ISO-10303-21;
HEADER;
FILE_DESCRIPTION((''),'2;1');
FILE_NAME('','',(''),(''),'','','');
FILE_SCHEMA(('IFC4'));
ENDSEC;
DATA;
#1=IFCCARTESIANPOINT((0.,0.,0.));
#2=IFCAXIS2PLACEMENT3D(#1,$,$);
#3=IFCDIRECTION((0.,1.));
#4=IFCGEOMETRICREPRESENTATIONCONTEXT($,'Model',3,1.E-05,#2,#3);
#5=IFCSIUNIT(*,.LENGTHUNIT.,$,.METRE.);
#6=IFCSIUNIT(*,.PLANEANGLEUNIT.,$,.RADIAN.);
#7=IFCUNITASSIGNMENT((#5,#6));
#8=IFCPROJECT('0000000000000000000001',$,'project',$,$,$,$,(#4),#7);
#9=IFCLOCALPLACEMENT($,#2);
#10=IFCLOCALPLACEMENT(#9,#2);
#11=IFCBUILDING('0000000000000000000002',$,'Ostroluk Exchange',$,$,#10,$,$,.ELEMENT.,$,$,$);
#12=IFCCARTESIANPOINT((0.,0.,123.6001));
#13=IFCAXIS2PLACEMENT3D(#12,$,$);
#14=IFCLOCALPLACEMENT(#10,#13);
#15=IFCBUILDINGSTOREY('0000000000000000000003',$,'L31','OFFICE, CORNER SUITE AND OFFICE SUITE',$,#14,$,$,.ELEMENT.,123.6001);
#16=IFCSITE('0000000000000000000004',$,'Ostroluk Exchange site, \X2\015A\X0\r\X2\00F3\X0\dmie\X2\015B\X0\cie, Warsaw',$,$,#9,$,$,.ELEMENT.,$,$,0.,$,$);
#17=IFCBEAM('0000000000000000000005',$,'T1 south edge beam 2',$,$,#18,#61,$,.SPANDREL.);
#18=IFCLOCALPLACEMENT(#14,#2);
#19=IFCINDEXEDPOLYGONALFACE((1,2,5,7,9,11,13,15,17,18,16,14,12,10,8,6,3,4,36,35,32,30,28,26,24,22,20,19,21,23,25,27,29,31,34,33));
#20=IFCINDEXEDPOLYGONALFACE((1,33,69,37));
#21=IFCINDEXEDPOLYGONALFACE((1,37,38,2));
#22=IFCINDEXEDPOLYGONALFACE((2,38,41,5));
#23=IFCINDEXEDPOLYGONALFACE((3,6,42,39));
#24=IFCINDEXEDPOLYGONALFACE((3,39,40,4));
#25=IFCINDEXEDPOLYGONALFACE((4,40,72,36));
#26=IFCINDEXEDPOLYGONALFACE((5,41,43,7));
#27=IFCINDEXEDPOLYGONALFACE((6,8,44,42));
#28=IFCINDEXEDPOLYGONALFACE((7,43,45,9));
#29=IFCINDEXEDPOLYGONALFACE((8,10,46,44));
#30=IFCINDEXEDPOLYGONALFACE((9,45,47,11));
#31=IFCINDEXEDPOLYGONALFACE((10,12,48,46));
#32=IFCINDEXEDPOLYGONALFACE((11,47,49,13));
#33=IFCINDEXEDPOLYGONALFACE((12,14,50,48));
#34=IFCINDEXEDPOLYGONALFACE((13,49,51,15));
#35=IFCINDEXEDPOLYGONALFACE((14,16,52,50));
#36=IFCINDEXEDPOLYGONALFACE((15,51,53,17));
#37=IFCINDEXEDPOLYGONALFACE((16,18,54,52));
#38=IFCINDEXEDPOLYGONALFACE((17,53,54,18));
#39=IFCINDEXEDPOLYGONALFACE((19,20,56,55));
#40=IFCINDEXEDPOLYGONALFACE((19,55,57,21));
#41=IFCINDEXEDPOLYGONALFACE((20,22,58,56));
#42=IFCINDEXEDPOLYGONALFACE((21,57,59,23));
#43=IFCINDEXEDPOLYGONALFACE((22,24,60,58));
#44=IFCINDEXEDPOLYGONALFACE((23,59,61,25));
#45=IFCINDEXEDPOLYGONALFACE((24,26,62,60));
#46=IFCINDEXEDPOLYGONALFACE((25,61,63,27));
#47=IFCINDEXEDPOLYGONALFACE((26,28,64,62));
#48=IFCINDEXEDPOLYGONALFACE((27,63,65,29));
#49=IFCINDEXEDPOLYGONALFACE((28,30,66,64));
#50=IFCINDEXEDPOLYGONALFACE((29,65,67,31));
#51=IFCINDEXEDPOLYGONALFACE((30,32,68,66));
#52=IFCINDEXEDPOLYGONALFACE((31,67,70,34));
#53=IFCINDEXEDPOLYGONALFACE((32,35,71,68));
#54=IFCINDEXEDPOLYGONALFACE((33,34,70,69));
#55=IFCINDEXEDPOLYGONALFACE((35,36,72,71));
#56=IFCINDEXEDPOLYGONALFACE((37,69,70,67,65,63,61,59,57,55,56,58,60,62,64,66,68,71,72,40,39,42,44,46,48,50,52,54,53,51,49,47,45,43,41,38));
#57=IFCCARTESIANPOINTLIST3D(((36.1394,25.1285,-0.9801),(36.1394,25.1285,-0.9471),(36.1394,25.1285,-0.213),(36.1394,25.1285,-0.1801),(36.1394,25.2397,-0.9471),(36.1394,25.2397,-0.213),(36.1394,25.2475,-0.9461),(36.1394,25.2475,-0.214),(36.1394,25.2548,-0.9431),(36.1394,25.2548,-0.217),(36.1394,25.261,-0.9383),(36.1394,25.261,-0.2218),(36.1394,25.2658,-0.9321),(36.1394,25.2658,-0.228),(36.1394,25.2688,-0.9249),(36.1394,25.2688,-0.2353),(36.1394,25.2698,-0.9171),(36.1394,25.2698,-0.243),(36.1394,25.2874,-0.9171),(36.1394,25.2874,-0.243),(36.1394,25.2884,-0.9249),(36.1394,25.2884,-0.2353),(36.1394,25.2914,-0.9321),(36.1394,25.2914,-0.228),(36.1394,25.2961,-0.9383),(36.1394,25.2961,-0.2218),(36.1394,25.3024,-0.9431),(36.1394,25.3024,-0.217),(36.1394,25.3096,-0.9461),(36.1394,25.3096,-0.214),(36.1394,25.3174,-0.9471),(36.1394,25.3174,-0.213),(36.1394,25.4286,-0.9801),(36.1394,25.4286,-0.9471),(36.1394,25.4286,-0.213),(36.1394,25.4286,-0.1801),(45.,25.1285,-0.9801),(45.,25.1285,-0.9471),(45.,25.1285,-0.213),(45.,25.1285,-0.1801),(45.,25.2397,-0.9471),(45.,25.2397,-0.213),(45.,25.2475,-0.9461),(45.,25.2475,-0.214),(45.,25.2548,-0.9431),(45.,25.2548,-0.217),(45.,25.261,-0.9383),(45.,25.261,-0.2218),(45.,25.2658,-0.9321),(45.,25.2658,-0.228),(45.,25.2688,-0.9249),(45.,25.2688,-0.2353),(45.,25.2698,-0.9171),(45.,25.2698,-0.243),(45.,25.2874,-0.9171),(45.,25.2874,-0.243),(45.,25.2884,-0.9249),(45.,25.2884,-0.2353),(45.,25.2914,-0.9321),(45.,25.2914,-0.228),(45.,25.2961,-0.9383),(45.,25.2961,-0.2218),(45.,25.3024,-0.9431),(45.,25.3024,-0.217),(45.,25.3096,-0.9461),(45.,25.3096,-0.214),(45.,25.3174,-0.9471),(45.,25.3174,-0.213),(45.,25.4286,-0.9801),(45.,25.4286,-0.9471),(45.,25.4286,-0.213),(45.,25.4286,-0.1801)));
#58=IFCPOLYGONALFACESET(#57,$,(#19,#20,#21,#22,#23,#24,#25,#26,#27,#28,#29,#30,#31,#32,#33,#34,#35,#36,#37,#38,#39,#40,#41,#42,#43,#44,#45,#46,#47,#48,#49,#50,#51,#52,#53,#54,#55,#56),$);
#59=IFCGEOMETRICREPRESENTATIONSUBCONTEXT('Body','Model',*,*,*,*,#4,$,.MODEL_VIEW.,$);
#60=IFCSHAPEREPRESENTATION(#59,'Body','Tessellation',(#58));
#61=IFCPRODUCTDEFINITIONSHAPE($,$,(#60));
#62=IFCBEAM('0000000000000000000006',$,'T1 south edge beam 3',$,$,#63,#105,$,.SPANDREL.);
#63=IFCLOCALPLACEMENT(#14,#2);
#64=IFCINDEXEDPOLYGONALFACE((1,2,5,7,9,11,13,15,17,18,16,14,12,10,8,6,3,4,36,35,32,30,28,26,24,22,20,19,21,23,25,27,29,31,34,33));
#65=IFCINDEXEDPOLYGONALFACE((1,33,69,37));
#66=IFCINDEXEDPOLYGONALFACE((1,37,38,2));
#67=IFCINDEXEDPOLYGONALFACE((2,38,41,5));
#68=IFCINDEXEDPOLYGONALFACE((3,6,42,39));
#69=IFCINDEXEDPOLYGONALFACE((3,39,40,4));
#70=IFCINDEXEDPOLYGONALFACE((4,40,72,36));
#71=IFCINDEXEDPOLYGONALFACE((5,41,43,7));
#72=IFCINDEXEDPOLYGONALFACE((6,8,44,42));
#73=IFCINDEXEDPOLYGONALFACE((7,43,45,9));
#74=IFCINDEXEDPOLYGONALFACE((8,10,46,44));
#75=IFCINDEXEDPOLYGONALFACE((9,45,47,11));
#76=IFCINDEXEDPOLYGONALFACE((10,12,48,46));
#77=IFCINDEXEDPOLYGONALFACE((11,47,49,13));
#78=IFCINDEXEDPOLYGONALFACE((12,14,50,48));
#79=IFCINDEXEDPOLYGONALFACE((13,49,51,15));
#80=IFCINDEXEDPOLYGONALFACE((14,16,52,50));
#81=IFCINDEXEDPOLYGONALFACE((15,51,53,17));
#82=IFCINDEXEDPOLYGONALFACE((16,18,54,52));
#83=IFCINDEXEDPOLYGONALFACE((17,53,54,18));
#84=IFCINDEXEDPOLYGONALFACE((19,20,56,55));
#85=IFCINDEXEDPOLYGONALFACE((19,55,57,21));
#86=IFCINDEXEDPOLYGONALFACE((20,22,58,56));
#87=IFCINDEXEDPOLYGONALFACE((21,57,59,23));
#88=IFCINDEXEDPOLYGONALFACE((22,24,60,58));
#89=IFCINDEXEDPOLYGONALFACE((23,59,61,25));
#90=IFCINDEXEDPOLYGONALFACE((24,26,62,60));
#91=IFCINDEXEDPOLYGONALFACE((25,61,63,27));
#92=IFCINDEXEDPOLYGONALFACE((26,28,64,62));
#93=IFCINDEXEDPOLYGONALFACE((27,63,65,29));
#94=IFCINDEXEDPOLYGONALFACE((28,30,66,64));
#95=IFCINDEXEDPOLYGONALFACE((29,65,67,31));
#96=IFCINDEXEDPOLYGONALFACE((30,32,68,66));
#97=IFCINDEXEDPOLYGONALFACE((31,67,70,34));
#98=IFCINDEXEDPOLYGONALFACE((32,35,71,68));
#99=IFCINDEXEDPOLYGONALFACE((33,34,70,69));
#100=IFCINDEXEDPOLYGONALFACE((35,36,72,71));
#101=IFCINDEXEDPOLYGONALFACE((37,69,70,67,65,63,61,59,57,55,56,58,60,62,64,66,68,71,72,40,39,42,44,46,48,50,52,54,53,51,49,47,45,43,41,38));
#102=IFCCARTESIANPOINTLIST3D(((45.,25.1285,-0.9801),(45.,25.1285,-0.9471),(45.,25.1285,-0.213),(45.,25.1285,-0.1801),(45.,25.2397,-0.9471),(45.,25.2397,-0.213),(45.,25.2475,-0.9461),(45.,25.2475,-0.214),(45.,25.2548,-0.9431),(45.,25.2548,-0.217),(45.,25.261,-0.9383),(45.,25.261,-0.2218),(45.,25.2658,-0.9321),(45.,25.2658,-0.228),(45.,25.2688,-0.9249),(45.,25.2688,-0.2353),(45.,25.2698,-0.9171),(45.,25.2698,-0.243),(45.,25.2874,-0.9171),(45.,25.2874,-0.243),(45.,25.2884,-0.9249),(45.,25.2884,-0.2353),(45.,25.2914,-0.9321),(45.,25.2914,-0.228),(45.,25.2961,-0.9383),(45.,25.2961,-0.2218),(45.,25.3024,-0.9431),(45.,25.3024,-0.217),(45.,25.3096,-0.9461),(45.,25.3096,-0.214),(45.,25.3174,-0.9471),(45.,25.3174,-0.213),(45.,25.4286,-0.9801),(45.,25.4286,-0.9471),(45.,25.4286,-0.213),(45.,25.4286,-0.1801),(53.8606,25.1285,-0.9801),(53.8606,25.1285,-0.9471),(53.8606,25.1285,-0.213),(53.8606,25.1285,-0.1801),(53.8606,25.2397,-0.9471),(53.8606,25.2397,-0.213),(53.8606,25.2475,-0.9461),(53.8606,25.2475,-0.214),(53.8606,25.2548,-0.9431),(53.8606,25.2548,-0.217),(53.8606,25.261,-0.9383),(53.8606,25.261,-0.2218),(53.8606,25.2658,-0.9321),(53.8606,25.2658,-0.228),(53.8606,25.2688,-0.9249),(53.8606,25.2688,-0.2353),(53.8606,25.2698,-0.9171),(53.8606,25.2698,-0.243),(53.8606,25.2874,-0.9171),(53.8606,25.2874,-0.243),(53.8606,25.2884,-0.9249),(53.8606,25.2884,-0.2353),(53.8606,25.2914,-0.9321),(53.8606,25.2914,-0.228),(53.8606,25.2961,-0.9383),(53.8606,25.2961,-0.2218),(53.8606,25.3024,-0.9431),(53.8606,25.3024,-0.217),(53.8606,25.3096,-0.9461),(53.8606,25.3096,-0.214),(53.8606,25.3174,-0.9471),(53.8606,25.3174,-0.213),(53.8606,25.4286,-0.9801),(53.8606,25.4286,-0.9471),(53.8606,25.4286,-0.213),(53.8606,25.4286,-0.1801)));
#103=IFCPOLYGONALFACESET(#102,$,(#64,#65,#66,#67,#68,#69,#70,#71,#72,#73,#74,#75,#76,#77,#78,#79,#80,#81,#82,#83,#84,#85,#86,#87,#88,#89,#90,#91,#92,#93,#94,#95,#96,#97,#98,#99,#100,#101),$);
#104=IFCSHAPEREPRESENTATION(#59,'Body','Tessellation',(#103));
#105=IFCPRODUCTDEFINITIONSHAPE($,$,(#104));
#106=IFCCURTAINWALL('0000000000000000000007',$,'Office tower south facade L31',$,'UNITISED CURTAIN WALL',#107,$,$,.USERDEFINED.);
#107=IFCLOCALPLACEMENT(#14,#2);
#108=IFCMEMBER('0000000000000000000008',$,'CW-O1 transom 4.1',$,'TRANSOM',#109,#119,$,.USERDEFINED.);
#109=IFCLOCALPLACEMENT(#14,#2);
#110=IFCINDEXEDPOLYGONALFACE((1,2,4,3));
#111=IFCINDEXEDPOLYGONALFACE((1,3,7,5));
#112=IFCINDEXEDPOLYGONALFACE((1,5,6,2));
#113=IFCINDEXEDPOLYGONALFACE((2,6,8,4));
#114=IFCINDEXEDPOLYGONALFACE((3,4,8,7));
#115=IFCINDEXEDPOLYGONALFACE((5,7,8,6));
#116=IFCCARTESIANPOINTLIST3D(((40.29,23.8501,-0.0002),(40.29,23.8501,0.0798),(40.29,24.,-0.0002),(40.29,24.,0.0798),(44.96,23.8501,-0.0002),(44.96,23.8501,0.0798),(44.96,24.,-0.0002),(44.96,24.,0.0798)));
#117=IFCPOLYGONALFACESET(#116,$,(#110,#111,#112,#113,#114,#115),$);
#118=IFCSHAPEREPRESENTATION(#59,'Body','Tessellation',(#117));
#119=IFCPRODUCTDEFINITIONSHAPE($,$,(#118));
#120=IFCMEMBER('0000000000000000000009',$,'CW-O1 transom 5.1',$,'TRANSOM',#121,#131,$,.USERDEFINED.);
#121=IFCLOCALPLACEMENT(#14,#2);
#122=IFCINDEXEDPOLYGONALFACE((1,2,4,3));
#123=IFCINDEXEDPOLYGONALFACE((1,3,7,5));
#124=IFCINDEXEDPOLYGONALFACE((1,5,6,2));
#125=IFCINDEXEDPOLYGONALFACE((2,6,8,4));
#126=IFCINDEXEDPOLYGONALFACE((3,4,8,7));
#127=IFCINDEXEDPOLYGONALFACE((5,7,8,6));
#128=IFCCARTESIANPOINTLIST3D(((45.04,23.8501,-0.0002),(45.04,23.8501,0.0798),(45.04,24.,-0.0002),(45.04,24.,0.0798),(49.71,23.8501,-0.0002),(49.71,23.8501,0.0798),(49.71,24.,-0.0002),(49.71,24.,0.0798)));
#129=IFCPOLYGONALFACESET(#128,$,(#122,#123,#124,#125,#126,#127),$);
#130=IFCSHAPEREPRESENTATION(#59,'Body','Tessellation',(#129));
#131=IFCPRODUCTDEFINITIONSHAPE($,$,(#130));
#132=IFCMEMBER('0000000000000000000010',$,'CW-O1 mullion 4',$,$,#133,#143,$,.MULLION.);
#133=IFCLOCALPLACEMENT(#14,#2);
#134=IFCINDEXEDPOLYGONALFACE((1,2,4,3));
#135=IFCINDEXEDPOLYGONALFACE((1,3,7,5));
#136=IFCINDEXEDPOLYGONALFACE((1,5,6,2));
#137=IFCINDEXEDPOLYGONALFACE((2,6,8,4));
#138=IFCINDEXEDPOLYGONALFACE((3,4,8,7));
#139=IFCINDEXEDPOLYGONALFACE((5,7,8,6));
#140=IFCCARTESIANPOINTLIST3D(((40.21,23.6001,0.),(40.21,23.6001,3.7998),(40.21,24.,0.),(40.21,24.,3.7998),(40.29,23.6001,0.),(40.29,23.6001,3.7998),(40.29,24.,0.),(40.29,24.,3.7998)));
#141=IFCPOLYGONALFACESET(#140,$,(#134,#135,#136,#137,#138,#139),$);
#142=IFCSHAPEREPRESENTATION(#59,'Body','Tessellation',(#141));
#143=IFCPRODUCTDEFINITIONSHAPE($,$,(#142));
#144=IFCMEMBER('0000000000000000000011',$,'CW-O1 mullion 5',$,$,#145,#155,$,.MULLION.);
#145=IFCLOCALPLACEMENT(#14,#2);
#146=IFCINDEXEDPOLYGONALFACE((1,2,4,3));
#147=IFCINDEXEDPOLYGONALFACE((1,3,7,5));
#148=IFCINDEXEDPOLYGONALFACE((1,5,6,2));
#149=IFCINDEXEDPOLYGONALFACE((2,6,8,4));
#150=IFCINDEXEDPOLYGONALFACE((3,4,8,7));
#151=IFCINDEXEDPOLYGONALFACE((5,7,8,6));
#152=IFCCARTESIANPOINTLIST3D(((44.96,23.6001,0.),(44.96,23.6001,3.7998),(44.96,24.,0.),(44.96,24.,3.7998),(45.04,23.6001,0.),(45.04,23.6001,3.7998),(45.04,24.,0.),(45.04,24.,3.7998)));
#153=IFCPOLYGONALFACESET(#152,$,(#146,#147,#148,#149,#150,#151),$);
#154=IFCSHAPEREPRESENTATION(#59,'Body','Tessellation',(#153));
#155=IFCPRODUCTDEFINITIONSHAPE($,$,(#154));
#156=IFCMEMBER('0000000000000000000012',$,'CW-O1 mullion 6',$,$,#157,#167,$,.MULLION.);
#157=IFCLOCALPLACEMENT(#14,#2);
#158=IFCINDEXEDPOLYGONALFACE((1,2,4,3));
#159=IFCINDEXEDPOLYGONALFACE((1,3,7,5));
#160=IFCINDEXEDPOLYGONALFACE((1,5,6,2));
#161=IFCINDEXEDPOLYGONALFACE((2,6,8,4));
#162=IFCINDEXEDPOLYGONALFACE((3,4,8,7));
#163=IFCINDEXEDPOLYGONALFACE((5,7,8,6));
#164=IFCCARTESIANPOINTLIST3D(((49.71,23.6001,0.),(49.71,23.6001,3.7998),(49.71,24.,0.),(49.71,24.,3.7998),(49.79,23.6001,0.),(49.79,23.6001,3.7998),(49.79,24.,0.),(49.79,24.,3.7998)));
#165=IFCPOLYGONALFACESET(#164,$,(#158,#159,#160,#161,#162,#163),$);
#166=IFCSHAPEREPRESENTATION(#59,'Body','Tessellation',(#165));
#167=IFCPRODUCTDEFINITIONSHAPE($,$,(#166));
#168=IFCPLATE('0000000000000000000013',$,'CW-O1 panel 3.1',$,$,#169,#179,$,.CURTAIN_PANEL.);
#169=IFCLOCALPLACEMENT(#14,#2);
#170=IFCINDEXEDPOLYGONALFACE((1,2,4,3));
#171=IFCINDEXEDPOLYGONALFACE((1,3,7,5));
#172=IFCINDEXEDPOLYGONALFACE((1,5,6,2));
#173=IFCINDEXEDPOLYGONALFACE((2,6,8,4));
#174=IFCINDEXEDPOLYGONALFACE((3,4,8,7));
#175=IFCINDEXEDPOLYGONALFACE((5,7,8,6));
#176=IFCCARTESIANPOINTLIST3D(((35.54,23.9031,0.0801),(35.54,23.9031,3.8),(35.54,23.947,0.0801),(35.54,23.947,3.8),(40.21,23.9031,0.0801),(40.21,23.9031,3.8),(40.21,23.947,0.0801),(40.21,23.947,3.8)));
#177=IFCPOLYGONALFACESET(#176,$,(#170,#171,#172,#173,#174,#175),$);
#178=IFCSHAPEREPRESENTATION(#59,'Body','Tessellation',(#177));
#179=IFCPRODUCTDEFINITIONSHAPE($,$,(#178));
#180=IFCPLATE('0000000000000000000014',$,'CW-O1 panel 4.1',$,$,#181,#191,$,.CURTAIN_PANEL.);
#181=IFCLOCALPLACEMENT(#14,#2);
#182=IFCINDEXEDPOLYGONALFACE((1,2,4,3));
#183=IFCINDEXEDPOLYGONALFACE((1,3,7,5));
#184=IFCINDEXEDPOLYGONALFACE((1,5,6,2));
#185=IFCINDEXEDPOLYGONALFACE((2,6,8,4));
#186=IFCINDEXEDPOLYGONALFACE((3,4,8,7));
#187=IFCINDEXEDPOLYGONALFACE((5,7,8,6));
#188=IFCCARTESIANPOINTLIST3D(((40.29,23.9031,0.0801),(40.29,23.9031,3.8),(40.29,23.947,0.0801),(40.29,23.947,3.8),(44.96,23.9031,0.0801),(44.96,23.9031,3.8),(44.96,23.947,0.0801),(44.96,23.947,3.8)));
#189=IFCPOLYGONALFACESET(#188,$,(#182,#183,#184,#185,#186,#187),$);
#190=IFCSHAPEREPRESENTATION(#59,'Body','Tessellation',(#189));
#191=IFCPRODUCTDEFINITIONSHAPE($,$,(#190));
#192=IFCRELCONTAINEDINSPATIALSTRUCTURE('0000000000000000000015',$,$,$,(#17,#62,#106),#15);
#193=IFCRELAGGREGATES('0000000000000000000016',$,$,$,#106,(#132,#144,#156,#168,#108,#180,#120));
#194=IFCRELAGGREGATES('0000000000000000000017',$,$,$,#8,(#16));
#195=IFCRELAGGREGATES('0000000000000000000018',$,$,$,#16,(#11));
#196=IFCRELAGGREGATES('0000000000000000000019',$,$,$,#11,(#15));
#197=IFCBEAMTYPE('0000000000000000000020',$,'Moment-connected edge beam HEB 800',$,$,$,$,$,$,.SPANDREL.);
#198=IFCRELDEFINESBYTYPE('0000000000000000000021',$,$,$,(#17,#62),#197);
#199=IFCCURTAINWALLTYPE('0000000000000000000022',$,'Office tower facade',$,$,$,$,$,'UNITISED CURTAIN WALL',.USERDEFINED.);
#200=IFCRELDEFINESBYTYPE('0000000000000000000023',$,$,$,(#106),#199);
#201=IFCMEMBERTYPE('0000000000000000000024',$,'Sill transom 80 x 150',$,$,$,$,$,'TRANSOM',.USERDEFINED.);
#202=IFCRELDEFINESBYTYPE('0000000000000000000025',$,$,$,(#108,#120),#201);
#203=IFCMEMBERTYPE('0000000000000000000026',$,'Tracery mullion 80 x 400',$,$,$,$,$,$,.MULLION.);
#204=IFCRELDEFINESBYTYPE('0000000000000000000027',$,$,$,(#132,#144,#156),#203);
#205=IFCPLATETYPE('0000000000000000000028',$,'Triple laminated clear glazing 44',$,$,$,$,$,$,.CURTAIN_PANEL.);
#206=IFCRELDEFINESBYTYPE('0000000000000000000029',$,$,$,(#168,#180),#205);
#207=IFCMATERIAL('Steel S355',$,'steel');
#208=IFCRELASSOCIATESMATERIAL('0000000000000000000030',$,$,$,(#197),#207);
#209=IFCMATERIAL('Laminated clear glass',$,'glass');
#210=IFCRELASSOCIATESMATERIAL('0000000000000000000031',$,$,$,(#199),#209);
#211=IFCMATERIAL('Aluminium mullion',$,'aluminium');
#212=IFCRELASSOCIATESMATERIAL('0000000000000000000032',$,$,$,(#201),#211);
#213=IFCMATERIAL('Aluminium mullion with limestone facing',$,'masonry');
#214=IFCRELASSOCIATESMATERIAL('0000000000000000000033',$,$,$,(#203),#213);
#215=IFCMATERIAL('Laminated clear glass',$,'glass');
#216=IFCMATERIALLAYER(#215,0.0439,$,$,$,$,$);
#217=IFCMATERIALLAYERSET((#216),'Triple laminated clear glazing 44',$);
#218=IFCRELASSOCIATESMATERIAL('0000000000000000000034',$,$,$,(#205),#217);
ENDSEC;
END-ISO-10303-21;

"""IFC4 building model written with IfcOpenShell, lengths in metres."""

from ifc_helpers import new_model, si_unit, direction, frame, origin, origin_2d, place, context, subcontext, project, spatial, rectangle, i_section, extrude, material, layer, layer_set, material_profile, profile_set, type_object, element, aggregate, save


model = new_model("IFC4")

# Units and contexts
model_context = context("Model", 3, precision=1e-05, world=origin(), true_north=direction((0.0, 1.0)))
body_context = subcontext(model_context, "Body", "Model", "MODEL_VIEW")
ifc_project = project(units=[si_unit("LENGTHUNIT", "METRE"), si_unit("PLANEANGLEUNIT", "RADIAN")], contexts=[model_context])

# Site, building, storey
site_placement = place(None, origin())
site = spatial("IfcSite", under=ifc_project, at=site_placement, Name="Ostroluk Exchange site, Śródmieście, Warsaw", CompositionType="ELEMENT", RefElevation=0.0)
building_placement = place(site_placement, origin())
building = spatial("IfcBuilding", under=site, at=building_placement, Name="Ostroluk Exchange", CompositionType="ELEMENT")
storey_placement = place(building_placement, frame((0.0, 0.0, 123.6001)))
storey = spatial("IfcBuildingStorey", under=building, at=storey_placement, Name="L31", Description="OFFICE, CORNER SUITE AND OFFICE SUITE", CompositionType="ELEMENT", Elevation=123.6001)

# Beams
ifc_material_1 = material(Name="Steel S355", Category="steel")
ifc_material_profile_1 = material_profile(ifc_material_1, i_section(OverallWidth=0.3, OverallDepth=0.8, WebThickness=0.0176, FlangeThickness=0.033, FilletRadius=0.03, at=origin_2d()), Name="HEB 800")
ifc_profile_set_1 = profile_set([ifc_material_profile_1], Name="Steel S355")
beam_type_1 = type_object("IfcBeamType", Name="Moment-connected edge beam HEB 800", PredefinedType="SPANDREL", material=ifc_profile_set_1)
for number, where, z_axis, x_axis, name in (
    (1, (36.1394, 25.2786, -0.5801), (1.0, 0.0, 0.0), (0.0, 1.0, 0.0), "T1 south edge beam 2"),
    (2, (45.0, 25.2786, -0.5801), (1.0, 0.0, 0.0), (0.0, 1.0, 0.0), "T1 south edge beam 3"),
):
    element("IfcBeam", number, at=place(storey_placement, frame(where, z_axis=z_axis, x_axis=x_axis)), inside=storey, type_object=beam_type_1, Name=name, PredefinedType="SPANDREL", context=body_context, shape_type="SweptSolid", body=[
        extrude(i_section(OverallWidth=0.3, OverallDepth=0.8, WebThickness=0.0176, FlangeThickness=0.033, FilletRadius=0.03, at=origin_2d()), origin(), (0.0, 0.0, 1.0), 8.8606),
    ])

# Curtain wall, members, plates
ifc_material_2 = material(Name="Laminated clear glass", Category="glass")
curtain_wall_type = type_object("IfcCurtainWallType", Name="Office tower facade", ElementType="UNITISED CURTAIN WALL", PredefinedType="USERDEFINED", material=ifc_material_2)
curtain_wall_placement = place(storey_placement, origin())
curtain_wall = element("IfcCurtainWall", 3, at=curtain_wall_placement, inside=storey, type_object=curtain_wall_type, Name="Office tower south facade L31", ObjectType="UNITISED CURTAIN WALL", PredefinedType="USERDEFINED")
ifc_material_3 = material(Name="Aluminium mullion", Category="aluminium")
ifc_material_profile_2 = material_profile(ifc_material_3, rectangle(XDim=0.1499, YDim=0.0801, at=origin_2d()), Name="Sill transom 80 x 150")
ifc_profile_set_2 = profile_set([ifc_material_profile_2], Name="Aluminium mullion")
member_type_1 = type_object("IfcMemberType", Name="Sill transom 80 x 150", ElementType="TRANSOM", PredefinedType="USERDEFINED", material=ifc_profile_set_2)
member_1_placement = place(storey_placement, frame((40.29, 23.925, 0.0398), z_axis=(1.0, 0.0, 0.0), x_axis=(0.0, 1.0, 0.0)))
member_1 = element("IfcMember", 4, at=member_1_placement, type_object=member_type_1, Name="CW-O1 transom 4.1", ObjectType="TRANSOM", PredefinedType="USERDEFINED", context=body_context, shape_type="SweptSolid", body=[
    extrude(rectangle(XDim=0.1499, YDim=0.0801, at=origin_2d()), origin(), (0.0, 0.0, 1.0), 4.6699),
])
member_2_placement = place(storey_placement, frame((45.04, 23.925, 0.0398), z_axis=(1.0, 0.0, 0.0), x_axis=(0.0, 1.0, 0.0)))
member_2 = element("IfcMember", 5, at=member_2_placement, type_object=member_type_1, Name="CW-O1 transom 5.1", ObjectType="TRANSOM", PredefinedType="USERDEFINED", context=body_context, shape_type="SweptSolid", body=[
    extrude(rectangle(XDim=0.1499, YDim=0.0801, at=origin_2d()), origin(), (0.0, 0.0, 1.0), 4.6699),
])
ifc_material_4 = material(Name="Aluminium mullion with limestone facing", Category="masonry")
ifc_material_profile_3 = material_profile(ifc_material_4, rectangle(XDim=0.3999, YDim=0.0801, at=origin_2d()), Name="Tracery mullion 80 x 400")
ifc_profile_set_3 = profile_set([ifc_material_profile_3], Name="Aluminium mullion with limestone facing")
member_type_2 = type_object("IfcMemberType", Name="Tracery mullion 80 x 400", PredefinedType="MULLION", material=ifc_profile_set_3)
member_3_placement = place(storey_placement, frame((40.25, 23.8, 0.0), z_axis=(0.0, 0.0, 1.0), x_axis=(0.0, 1.0, 0.0)))
member_3 = element("IfcMember", 6, at=member_3_placement, type_object=member_type_2, Name="CW-O1 mullion 4", PredefinedType="MULLION", context=body_context, shape_type="SweptSolid", body=[
    extrude(rectangle(XDim=0.3999, YDim=0.0801, at=origin_2d()), origin(), (0.0, 0.0, 1.0), 3.7998),
])
member_4_placement = place(storey_placement, frame((45.0, 23.8, 0.0), z_axis=(0.0, 0.0, 1.0), x_axis=(0.0, 1.0, 0.0)))
member_4 = element("IfcMember", 7, at=member_4_placement, type_object=member_type_2, Name="CW-O1 mullion 5", PredefinedType="MULLION", context=body_context, shape_type="SweptSolid", body=[
    extrude(rectangle(XDim=0.3999, YDim=0.0801, at=origin_2d()), origin(), (0.0, 0.0, 1.0), 3.7998),
])
member_5_placement = place(storey_placement, frame((49.75, 23.8, 0.0), z_axis=(0.0, 0.0, 1.0), x_axis=(0.0, 1.0, 0.0)))
member_5 = element("IfcMember", 8, at=member_5_placement, type_object=member_type_2, Name="CW-O1 mullion 6", PredefinedType="MULLION", context=body_context, shape_type="SweptSolid", body=[
    extrude(rectangle(XDim=0.3999, YDim=0.0801, at=origin_2d()), origin(), (0.0, 0.0, 1.0), 3.7998),
])
ifc_material_5 = material(Name="Laminated clear glass", Category="glass")
ifc_layer_1 = layer(ifc_material_5, 0.0439)
ifc_layer_set_1 = layer_set([ifc_layer_1], Name="Triple laminated clear glazing 44")
plate_type = type_object("IfcPlateType", Name="Triple laminated clear glazing 44", PredefinedType="CURTAIN_PANEL", material=ifc_layer_set_1)
plate_1_placement = place(storey_placement, frame((37.875, 23.925, 0.0801), z_axis=(0.0, 0.0, 1.0), x_axis=(1.0, 0.0, 0.0)))
plate_1 = element("IfcPlate", 9, at=plate_1_placement, type_object=plate_type, Name="CW-O1 panel 3.1", PredefinedType="CURTAIN_PANEL", context=body_context, shape_type="SweptSolid", body=[
    extrude(rectangle(XDim=4.6699, YDim=0.0439, at=origin_2d()), origin(), (0.0, 0.0, 1.0), 3.72),
])
plate_2_placement = place(storey_placement, frame((42.625, 23.925, 0.0801), z_axis=(0.0, 0.0, 1.0), x_axis=(1.0, 0.0, 0.0)))
plate_2 = element("IfcPlate", 10, at=plate_2_placement, type_object=plate_type, Name="CW-O1 panel 4.1", PredefinedType="CURTAIN_PANEL", context=body_context, shape_type="SweptSolid", body=[
    extrude(rectangle(XDim=4.6699, YDim=0.0439, at=origin_2d()), origin(), (0.0, 0.0, 1.0), 3.72),
])
aggregate(curtain_wall, [member_3, member_4, member_5, plate_1, member_1, plate_2, member_2])

save(model, "model.ifc")
